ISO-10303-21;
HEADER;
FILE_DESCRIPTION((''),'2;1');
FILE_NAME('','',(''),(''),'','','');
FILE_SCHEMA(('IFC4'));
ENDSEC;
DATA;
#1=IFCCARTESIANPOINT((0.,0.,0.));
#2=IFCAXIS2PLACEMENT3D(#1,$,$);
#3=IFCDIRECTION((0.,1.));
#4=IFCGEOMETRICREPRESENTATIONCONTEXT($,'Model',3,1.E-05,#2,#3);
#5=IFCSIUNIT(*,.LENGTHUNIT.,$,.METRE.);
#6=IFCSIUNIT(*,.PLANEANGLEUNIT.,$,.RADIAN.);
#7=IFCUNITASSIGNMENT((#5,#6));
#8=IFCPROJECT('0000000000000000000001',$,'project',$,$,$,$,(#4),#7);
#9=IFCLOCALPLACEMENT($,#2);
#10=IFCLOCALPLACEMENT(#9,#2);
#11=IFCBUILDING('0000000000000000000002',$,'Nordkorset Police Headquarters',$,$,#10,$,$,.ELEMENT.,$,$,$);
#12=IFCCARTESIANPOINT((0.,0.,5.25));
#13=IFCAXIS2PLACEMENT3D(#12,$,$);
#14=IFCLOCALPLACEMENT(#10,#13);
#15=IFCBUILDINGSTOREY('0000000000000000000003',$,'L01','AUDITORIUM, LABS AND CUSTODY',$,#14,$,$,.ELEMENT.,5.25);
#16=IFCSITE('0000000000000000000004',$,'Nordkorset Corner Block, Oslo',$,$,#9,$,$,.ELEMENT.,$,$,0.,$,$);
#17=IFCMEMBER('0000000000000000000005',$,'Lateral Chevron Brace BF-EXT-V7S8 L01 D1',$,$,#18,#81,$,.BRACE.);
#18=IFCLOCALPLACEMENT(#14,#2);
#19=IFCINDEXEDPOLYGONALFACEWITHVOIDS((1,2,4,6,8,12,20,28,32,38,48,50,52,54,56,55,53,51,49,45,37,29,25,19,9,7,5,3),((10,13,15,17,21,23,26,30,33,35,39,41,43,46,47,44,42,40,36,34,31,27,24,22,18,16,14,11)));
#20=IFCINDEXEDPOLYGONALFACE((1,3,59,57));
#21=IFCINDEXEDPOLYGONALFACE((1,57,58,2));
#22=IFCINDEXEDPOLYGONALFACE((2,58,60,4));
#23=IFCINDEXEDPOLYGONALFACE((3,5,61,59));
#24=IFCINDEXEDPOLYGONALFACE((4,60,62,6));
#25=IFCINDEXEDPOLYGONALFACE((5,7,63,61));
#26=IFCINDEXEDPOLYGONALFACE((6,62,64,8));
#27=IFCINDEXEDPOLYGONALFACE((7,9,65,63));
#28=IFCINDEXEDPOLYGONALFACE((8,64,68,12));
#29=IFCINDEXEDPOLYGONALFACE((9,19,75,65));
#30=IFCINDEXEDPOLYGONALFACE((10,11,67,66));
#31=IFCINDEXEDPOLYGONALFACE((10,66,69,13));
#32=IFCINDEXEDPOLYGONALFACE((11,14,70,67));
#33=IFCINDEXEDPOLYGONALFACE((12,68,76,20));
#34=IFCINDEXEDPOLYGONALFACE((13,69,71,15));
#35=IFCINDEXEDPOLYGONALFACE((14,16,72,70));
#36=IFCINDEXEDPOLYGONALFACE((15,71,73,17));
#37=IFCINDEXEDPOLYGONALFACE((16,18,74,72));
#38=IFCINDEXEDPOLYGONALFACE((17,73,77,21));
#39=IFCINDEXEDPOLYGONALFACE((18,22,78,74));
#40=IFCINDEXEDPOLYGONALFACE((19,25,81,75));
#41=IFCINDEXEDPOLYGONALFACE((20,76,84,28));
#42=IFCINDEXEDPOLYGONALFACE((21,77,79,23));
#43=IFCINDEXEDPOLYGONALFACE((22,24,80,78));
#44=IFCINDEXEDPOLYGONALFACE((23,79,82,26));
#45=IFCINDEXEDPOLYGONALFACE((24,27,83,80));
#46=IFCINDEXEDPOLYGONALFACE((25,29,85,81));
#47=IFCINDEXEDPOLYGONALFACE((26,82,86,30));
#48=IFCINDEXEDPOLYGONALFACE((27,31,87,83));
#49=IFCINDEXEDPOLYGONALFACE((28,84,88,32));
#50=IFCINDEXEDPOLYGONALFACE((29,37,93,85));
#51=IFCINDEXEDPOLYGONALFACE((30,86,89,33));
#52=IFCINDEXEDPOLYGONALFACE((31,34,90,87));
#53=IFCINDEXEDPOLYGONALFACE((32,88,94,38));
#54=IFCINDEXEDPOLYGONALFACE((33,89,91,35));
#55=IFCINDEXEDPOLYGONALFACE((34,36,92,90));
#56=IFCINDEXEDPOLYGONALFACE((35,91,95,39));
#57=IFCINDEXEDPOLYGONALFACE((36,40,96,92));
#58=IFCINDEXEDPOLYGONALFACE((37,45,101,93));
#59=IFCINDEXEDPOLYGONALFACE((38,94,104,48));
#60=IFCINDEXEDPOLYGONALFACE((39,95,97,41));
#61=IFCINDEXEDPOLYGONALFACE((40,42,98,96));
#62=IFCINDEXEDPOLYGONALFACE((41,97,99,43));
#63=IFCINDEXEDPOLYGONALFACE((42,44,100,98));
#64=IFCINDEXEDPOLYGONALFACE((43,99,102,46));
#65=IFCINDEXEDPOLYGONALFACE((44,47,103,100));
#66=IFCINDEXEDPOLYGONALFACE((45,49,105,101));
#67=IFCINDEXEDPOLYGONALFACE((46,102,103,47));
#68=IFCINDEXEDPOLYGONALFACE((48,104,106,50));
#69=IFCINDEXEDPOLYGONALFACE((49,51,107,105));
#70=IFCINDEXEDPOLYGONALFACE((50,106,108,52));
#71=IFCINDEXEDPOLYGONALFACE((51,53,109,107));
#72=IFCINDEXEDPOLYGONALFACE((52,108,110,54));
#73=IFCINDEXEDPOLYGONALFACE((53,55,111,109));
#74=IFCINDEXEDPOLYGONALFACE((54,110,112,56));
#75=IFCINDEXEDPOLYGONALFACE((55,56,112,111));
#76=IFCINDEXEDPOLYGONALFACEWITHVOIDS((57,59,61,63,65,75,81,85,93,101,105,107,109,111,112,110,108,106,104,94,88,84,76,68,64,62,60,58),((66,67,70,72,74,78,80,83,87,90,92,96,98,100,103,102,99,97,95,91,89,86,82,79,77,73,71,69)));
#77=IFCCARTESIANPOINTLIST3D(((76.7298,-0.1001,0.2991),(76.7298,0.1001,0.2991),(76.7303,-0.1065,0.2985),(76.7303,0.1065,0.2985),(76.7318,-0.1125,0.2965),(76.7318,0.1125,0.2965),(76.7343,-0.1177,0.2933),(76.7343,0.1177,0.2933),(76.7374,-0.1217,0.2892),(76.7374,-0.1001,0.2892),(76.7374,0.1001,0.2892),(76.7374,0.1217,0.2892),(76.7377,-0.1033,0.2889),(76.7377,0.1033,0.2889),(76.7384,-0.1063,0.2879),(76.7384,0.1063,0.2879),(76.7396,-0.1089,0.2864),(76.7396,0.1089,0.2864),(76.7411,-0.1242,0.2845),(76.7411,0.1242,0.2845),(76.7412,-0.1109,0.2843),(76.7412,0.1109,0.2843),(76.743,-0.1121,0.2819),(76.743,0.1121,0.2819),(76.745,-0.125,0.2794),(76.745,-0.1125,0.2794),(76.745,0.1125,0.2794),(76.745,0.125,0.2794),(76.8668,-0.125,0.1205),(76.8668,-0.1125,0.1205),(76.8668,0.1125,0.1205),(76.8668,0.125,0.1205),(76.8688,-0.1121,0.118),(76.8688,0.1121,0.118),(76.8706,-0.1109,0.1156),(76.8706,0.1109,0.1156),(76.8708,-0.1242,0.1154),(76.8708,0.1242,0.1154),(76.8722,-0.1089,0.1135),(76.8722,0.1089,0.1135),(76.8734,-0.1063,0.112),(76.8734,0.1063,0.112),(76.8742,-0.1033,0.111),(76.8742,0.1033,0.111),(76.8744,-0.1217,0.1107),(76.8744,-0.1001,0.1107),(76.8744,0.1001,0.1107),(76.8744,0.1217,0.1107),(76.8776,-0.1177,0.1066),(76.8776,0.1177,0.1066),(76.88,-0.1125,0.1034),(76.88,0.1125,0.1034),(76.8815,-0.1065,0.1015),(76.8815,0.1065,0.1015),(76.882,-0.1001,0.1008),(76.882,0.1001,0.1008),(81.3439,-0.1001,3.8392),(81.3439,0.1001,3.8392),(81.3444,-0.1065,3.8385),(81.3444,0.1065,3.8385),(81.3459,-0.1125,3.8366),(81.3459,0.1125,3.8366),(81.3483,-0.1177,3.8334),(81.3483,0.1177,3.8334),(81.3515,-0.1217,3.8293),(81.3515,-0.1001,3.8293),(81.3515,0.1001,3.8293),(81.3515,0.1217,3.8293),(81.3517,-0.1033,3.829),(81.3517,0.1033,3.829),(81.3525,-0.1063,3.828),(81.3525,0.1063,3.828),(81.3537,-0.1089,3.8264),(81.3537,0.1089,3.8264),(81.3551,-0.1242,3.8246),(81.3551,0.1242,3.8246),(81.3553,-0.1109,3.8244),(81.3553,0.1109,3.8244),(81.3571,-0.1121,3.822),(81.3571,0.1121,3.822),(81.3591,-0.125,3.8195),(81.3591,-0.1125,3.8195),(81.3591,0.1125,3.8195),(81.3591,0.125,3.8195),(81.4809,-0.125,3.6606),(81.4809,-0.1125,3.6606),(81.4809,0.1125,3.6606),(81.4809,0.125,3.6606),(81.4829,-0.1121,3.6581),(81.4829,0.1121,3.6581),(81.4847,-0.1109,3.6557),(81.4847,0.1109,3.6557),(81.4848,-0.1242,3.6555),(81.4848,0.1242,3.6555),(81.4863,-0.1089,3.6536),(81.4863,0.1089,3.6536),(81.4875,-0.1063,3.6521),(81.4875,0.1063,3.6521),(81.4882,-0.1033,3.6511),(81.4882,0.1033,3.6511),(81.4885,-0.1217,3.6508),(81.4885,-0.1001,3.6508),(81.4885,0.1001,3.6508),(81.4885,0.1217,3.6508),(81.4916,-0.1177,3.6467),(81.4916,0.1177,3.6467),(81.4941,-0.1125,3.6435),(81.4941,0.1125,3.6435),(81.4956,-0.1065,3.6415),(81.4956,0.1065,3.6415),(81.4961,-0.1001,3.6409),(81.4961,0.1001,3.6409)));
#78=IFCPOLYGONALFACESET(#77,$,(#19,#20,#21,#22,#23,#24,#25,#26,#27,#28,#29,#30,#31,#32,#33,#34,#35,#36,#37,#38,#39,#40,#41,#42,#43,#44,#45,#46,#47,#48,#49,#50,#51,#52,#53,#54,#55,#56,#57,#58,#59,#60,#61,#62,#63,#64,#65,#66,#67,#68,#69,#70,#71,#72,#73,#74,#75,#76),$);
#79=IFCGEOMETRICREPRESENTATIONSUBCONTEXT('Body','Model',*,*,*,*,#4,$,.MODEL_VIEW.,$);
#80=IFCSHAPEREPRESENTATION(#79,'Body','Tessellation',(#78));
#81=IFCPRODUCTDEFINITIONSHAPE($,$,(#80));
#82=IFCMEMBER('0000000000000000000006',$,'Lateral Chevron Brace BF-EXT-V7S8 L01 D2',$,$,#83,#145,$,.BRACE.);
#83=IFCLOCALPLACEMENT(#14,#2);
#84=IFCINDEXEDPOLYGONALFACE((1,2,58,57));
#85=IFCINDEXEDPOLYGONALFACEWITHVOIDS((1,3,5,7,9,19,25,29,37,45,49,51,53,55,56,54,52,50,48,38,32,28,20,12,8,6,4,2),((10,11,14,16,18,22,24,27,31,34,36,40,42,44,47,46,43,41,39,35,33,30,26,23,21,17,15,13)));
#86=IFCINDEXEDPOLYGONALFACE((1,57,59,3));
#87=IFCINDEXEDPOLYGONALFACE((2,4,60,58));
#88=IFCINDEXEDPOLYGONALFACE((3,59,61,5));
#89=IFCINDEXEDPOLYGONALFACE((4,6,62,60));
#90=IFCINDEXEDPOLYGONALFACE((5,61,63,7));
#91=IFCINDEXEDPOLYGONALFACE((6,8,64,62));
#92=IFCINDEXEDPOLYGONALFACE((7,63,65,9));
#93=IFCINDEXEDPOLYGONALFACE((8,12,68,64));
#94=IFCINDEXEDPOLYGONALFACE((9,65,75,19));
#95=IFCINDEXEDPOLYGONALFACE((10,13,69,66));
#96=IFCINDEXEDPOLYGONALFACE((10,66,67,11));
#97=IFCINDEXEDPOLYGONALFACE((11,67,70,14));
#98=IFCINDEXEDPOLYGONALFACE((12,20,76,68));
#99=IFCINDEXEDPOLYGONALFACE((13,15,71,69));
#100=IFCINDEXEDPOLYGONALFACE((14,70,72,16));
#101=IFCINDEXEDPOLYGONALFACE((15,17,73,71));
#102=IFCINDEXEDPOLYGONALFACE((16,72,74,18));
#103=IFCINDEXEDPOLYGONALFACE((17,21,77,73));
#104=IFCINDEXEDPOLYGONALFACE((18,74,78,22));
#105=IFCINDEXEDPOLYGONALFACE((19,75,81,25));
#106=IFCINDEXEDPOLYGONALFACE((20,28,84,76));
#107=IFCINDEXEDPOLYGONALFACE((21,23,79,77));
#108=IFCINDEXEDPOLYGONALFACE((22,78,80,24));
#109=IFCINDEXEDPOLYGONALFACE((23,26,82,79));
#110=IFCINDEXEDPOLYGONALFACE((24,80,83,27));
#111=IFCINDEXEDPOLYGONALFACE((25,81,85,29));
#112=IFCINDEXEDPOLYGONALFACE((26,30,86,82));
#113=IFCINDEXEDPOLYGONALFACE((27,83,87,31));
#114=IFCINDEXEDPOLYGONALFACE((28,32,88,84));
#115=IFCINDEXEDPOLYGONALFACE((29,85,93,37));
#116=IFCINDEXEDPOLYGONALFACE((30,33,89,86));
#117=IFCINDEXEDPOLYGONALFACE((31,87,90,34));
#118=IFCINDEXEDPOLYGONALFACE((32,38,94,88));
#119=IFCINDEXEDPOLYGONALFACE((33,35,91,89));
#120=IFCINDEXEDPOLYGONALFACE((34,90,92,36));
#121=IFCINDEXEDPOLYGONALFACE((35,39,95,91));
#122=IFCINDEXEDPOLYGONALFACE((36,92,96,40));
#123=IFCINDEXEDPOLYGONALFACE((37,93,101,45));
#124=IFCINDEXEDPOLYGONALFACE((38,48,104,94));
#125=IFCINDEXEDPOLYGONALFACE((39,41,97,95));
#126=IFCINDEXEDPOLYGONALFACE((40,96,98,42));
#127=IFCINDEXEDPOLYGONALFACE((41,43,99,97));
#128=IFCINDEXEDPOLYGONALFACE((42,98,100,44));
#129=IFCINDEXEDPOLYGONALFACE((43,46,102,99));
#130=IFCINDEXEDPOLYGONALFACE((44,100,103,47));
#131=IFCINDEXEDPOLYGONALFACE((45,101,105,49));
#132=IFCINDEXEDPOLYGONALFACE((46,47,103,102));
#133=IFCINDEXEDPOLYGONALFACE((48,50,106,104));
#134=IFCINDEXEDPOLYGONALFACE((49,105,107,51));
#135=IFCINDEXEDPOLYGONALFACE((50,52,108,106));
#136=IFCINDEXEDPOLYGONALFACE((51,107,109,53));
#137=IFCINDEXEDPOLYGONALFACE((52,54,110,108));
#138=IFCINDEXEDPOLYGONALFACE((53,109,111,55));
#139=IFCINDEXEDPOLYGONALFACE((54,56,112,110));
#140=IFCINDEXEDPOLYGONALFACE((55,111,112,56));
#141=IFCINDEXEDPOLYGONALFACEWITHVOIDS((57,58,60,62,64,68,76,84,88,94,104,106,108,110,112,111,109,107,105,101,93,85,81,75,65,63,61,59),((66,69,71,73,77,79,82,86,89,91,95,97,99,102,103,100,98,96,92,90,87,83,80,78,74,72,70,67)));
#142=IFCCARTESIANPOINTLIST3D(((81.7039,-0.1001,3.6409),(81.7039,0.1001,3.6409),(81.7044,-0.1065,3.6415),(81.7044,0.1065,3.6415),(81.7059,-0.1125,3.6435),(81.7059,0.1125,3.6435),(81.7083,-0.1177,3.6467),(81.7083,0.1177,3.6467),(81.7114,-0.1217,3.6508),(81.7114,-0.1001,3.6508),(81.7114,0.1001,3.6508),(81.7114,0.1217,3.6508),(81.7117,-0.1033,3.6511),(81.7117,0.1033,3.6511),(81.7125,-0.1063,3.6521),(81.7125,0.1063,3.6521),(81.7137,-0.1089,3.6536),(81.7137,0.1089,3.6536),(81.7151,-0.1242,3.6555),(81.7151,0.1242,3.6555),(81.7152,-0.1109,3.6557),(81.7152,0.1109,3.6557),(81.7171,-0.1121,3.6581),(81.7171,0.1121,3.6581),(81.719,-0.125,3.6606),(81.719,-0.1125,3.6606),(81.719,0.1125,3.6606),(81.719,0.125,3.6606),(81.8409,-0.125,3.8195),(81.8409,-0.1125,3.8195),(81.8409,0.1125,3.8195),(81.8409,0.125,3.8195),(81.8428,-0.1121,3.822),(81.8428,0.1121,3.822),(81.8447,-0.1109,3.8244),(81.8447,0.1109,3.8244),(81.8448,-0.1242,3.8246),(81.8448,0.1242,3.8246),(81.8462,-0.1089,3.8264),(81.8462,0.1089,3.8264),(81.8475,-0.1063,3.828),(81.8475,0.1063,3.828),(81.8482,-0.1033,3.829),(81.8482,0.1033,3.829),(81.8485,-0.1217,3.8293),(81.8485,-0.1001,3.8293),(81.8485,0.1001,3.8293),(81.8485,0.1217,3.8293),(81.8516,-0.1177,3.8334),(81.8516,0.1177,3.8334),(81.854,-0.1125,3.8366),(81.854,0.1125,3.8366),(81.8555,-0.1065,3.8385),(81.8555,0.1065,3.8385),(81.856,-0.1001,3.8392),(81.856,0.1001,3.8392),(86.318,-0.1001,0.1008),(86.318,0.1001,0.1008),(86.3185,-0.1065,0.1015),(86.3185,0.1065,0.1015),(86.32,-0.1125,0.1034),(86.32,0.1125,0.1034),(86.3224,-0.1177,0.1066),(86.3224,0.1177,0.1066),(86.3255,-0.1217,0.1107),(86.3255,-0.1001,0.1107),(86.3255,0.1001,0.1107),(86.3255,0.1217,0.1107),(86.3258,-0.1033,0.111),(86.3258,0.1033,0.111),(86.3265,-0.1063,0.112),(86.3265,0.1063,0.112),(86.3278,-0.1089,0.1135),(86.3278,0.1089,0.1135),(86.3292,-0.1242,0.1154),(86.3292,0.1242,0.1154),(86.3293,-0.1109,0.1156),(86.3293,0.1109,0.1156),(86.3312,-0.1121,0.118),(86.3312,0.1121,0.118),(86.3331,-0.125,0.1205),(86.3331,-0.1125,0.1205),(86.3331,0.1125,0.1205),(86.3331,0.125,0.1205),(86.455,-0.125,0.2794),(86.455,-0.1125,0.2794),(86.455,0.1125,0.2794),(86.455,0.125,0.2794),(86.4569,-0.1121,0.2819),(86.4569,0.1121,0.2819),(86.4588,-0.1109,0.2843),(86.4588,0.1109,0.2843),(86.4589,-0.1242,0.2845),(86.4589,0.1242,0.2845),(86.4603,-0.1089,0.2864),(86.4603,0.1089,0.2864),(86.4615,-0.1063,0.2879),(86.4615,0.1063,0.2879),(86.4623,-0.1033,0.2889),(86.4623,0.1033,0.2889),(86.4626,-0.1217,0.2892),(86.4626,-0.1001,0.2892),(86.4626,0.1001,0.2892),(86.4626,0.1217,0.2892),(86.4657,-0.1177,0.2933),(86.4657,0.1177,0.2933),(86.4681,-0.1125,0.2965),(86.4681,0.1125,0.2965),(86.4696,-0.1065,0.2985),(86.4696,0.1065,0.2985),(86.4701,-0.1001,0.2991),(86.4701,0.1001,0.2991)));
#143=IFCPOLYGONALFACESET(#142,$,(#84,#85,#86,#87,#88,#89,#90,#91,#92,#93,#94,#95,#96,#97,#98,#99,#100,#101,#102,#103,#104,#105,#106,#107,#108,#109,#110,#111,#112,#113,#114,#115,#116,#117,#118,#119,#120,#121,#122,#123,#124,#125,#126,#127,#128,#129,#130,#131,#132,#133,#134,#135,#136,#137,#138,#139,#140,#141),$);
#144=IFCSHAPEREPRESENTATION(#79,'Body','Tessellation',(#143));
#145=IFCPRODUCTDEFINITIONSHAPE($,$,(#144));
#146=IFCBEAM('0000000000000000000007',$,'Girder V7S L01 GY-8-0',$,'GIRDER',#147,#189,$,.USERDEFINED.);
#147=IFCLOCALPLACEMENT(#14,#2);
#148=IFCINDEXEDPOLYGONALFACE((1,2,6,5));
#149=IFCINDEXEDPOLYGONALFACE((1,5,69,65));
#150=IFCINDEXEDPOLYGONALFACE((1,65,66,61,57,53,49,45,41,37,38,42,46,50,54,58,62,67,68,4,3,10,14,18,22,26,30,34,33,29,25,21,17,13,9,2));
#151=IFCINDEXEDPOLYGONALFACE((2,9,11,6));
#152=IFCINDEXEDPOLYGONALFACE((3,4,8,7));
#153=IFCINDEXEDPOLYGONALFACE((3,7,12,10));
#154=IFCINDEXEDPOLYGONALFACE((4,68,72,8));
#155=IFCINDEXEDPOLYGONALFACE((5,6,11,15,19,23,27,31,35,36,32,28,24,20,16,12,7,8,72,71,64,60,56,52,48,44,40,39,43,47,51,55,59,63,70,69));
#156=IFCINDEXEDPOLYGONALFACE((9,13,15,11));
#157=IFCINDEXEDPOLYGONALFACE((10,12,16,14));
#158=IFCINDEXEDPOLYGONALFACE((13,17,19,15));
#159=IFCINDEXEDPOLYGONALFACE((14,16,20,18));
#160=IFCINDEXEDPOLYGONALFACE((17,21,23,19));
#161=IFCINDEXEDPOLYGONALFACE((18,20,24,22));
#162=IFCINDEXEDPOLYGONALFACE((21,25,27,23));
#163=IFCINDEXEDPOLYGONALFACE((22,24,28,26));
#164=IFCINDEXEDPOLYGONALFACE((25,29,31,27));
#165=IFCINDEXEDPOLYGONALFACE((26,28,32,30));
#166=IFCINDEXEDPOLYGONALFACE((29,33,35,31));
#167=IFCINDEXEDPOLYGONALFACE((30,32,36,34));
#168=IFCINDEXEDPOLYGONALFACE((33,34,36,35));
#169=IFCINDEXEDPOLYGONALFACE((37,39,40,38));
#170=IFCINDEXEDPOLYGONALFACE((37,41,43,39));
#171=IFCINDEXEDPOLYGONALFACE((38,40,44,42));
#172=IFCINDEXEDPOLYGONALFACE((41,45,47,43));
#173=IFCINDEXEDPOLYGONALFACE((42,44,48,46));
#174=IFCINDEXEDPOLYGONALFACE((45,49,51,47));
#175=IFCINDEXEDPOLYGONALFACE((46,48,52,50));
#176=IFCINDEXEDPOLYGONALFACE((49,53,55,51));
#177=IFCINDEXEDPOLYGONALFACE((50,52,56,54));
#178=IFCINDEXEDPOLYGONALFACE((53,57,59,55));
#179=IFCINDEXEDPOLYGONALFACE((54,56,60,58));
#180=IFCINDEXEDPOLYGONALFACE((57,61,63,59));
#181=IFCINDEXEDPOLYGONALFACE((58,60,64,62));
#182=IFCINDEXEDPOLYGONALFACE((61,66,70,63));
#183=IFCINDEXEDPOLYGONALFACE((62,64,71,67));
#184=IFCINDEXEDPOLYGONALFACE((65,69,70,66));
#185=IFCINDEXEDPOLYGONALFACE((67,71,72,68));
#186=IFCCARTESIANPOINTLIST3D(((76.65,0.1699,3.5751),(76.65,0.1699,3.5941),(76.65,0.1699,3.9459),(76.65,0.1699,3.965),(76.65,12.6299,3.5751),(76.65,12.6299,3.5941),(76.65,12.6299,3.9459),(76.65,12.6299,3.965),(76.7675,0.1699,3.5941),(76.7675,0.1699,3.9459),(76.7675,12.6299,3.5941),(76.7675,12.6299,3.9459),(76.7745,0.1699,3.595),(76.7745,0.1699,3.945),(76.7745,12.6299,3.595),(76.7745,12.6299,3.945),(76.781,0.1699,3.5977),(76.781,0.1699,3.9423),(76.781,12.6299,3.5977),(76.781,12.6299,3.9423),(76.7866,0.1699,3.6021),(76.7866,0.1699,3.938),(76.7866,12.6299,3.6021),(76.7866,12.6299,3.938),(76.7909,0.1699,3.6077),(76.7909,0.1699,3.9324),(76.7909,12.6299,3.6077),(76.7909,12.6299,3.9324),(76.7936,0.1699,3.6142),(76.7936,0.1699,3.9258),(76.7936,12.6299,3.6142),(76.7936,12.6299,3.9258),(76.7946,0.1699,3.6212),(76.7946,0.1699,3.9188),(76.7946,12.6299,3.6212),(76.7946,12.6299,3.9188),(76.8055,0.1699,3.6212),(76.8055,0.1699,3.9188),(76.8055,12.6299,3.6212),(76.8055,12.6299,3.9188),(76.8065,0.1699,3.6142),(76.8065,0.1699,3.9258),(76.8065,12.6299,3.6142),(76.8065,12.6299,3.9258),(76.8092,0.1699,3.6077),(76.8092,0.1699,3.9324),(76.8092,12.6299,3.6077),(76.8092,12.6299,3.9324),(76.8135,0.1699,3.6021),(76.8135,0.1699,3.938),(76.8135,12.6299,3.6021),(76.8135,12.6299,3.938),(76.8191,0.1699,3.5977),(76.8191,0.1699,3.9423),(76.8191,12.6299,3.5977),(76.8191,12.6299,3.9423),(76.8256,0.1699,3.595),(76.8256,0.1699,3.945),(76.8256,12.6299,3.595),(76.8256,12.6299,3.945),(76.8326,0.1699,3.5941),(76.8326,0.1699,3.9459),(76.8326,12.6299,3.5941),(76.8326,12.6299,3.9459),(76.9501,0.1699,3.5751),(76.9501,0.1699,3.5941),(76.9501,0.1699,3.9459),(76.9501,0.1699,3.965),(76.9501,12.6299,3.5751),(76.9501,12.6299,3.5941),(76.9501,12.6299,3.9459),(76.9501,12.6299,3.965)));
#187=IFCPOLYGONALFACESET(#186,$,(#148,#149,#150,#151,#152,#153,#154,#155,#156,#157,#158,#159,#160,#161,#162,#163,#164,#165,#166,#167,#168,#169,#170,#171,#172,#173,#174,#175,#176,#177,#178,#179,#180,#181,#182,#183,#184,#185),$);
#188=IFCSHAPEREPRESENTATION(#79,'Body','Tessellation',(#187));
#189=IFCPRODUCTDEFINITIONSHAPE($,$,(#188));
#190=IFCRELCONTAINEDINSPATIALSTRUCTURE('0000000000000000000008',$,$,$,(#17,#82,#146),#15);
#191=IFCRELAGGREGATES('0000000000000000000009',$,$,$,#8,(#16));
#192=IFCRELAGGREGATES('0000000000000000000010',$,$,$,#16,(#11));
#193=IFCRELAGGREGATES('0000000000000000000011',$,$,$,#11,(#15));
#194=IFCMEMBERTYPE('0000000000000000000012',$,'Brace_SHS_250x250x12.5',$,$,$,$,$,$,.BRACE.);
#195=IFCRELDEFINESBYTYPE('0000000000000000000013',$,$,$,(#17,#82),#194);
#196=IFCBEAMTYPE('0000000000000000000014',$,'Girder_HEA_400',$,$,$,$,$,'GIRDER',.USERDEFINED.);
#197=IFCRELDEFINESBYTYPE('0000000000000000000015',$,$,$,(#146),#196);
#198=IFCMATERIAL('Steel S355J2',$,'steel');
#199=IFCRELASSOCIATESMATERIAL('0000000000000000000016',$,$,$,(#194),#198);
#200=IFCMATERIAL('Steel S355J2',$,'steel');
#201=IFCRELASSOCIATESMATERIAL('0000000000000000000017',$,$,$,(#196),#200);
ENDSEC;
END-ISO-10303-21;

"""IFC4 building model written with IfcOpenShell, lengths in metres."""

from ifc_helpers import new_model, si_unit, direction, frame, origin, origin_2d, place, context, subcontext, project, spatial, hollow_rectangle, i_section, extrude, material, material_profile, profile_set, type_object, element, save


model = new_model("IFC4")

# Units and contexts
model_context = context("Model", 3, precision=1e-05, world=origin(), true_north=direction((0.0, 1.0)))
body_context = subcontext(model_context, "Body", "Model", "MODEL_VIEW")
ifc_project = project(units=[si_unit("LENGTHUNIT", "METRE"), si_unit("PLANEANGLEUNIT", "RADIAN")], contexts=[model_context])

# Site, building, storey
site_placement = place(None, origin())
site = spatial("IfcSite", under=ifc_project, at=site_placement, Name="Nordkorset Corner Block, Oslo", CompositionType="ELEMENT", RefElevation=0.0)
building_placement = place(site_placement, origin())
building = spatial("IfcBuilding", under=site, at=building_placement, Name="Nordkorset Police Headquarters", CompositionType="ELEMENT")
storey_placement = place(building_placement, frame((0.0, 0.0, 5.25)))
storey = spatial("IfcBuildingStorey", under=building, at=storey_placement, Name="L01", Description="AUDITORIUM, LABS AND CUSTODY", CompositionType="ELEMENT", Elevation=5.25)

# Members
ifc_material_1 = material(Name="Steel S355J2", Category="steel")
ifc_material_profile_1 = material_profile(ifc_material_1, hollow_rectangle(XDim=0.25, YDim=0.25, WallThickness=0.0125, InnerFilletRadius=0.0125, OuterFilletRadius=0.0249, at=origin_2d()), Name="SHS 250x250x12.5")
ifc_profile_set_1 = profile_set([ifc_material_profile_1], Name="Steel S355J2")
member_type = type_object("IfcMemberType", Name="Brace_SHS_250x250x12.5", PredefinedType="BRACE", material=ifc_profile_set_1)
for number, where, z_axis, x_axis, name in (
    (1, (76.8059, 0.0, 0.2), (0.793388, 0.0, 0.608716), (0.0, 1.0, 0.0), "Lateral Chevron Brace BF-EXT-V7S8 L01 D1"),
    (2, (86.394, 0.0, 0.2), (-0.793388, 0.0, 0.608716), (0.0, -1.0, 0.0), "Lateral Chevron Brace BF-EXT-V7S8 L01 D2"),
):
    element("IfcMember", number, at=place(storey_placement, frame(where, z_axis=z_axis, x_axis=x_axis)), inside=storey, type_object=member_type, Name=name, PredefinedType="BRACE", context=body_context, shape_type="SweptSolid", body=[
        extrude(hollow_rectangle(XDim=0.25, YDim=0.25, WallThickness=0.0125, InnerFilletRadius=0.0125, OuterFilletRadius=0.0249, at=origin_2d()), origin(), (0.0, 0.0, 1.0), 5.8157),
    ])

# Beam
ifc_material_2 = material(Name="Steel S355J2", Category="steel")
ifc_material_profile_2 = material_profile(ifc_material_2, i_section(OverallWidth=0.3, OverallDepth=0.3899, WebThickness=0.011, FlangeThickness=0.019, FilletRadius=0.0271, at=origin_2d()), Name="HEA 400")
ifc_profile_set_2 = profile_set([ifc_material_profile_2], Name="Steel S355J2")
beam_type_1 = type_object("IfcBeamType", Name="Girder_HEA_400", ElementType="GIRDER", PredefinedType="USERDEFINED", material=ifc_profile_set_2)
for number, where, z_axis, x_axis, name in (
    (3, (76.8, 0.1699, 3.77), (0.0, 1.0, 0.0), (-1.0, 0.0, 0.0), "Girder V7S L01 GY-8-0"),
):
    element("IfcBeam", number, at=place(storey_placement, frame(where, z_axis=z_axis, x_axis=x_axis)), inside=storey, type_object=beam_type_1, Name=name, ObjectType="GIRDER", PredefinedType="USERDEFINED", context=body_context, shape_type="SweptSolid", body=[
        extrude(i_section(OverallWidth=0.3, OverallDepth=0.3899, WebThickness=0.011, FlangeThickness=0.019, FilletRadius=0.0271, at=origin_2d()), origin(), (0.0, 0.0, 1.0), 12.46),
    ])

save(model, "model.ifc")
